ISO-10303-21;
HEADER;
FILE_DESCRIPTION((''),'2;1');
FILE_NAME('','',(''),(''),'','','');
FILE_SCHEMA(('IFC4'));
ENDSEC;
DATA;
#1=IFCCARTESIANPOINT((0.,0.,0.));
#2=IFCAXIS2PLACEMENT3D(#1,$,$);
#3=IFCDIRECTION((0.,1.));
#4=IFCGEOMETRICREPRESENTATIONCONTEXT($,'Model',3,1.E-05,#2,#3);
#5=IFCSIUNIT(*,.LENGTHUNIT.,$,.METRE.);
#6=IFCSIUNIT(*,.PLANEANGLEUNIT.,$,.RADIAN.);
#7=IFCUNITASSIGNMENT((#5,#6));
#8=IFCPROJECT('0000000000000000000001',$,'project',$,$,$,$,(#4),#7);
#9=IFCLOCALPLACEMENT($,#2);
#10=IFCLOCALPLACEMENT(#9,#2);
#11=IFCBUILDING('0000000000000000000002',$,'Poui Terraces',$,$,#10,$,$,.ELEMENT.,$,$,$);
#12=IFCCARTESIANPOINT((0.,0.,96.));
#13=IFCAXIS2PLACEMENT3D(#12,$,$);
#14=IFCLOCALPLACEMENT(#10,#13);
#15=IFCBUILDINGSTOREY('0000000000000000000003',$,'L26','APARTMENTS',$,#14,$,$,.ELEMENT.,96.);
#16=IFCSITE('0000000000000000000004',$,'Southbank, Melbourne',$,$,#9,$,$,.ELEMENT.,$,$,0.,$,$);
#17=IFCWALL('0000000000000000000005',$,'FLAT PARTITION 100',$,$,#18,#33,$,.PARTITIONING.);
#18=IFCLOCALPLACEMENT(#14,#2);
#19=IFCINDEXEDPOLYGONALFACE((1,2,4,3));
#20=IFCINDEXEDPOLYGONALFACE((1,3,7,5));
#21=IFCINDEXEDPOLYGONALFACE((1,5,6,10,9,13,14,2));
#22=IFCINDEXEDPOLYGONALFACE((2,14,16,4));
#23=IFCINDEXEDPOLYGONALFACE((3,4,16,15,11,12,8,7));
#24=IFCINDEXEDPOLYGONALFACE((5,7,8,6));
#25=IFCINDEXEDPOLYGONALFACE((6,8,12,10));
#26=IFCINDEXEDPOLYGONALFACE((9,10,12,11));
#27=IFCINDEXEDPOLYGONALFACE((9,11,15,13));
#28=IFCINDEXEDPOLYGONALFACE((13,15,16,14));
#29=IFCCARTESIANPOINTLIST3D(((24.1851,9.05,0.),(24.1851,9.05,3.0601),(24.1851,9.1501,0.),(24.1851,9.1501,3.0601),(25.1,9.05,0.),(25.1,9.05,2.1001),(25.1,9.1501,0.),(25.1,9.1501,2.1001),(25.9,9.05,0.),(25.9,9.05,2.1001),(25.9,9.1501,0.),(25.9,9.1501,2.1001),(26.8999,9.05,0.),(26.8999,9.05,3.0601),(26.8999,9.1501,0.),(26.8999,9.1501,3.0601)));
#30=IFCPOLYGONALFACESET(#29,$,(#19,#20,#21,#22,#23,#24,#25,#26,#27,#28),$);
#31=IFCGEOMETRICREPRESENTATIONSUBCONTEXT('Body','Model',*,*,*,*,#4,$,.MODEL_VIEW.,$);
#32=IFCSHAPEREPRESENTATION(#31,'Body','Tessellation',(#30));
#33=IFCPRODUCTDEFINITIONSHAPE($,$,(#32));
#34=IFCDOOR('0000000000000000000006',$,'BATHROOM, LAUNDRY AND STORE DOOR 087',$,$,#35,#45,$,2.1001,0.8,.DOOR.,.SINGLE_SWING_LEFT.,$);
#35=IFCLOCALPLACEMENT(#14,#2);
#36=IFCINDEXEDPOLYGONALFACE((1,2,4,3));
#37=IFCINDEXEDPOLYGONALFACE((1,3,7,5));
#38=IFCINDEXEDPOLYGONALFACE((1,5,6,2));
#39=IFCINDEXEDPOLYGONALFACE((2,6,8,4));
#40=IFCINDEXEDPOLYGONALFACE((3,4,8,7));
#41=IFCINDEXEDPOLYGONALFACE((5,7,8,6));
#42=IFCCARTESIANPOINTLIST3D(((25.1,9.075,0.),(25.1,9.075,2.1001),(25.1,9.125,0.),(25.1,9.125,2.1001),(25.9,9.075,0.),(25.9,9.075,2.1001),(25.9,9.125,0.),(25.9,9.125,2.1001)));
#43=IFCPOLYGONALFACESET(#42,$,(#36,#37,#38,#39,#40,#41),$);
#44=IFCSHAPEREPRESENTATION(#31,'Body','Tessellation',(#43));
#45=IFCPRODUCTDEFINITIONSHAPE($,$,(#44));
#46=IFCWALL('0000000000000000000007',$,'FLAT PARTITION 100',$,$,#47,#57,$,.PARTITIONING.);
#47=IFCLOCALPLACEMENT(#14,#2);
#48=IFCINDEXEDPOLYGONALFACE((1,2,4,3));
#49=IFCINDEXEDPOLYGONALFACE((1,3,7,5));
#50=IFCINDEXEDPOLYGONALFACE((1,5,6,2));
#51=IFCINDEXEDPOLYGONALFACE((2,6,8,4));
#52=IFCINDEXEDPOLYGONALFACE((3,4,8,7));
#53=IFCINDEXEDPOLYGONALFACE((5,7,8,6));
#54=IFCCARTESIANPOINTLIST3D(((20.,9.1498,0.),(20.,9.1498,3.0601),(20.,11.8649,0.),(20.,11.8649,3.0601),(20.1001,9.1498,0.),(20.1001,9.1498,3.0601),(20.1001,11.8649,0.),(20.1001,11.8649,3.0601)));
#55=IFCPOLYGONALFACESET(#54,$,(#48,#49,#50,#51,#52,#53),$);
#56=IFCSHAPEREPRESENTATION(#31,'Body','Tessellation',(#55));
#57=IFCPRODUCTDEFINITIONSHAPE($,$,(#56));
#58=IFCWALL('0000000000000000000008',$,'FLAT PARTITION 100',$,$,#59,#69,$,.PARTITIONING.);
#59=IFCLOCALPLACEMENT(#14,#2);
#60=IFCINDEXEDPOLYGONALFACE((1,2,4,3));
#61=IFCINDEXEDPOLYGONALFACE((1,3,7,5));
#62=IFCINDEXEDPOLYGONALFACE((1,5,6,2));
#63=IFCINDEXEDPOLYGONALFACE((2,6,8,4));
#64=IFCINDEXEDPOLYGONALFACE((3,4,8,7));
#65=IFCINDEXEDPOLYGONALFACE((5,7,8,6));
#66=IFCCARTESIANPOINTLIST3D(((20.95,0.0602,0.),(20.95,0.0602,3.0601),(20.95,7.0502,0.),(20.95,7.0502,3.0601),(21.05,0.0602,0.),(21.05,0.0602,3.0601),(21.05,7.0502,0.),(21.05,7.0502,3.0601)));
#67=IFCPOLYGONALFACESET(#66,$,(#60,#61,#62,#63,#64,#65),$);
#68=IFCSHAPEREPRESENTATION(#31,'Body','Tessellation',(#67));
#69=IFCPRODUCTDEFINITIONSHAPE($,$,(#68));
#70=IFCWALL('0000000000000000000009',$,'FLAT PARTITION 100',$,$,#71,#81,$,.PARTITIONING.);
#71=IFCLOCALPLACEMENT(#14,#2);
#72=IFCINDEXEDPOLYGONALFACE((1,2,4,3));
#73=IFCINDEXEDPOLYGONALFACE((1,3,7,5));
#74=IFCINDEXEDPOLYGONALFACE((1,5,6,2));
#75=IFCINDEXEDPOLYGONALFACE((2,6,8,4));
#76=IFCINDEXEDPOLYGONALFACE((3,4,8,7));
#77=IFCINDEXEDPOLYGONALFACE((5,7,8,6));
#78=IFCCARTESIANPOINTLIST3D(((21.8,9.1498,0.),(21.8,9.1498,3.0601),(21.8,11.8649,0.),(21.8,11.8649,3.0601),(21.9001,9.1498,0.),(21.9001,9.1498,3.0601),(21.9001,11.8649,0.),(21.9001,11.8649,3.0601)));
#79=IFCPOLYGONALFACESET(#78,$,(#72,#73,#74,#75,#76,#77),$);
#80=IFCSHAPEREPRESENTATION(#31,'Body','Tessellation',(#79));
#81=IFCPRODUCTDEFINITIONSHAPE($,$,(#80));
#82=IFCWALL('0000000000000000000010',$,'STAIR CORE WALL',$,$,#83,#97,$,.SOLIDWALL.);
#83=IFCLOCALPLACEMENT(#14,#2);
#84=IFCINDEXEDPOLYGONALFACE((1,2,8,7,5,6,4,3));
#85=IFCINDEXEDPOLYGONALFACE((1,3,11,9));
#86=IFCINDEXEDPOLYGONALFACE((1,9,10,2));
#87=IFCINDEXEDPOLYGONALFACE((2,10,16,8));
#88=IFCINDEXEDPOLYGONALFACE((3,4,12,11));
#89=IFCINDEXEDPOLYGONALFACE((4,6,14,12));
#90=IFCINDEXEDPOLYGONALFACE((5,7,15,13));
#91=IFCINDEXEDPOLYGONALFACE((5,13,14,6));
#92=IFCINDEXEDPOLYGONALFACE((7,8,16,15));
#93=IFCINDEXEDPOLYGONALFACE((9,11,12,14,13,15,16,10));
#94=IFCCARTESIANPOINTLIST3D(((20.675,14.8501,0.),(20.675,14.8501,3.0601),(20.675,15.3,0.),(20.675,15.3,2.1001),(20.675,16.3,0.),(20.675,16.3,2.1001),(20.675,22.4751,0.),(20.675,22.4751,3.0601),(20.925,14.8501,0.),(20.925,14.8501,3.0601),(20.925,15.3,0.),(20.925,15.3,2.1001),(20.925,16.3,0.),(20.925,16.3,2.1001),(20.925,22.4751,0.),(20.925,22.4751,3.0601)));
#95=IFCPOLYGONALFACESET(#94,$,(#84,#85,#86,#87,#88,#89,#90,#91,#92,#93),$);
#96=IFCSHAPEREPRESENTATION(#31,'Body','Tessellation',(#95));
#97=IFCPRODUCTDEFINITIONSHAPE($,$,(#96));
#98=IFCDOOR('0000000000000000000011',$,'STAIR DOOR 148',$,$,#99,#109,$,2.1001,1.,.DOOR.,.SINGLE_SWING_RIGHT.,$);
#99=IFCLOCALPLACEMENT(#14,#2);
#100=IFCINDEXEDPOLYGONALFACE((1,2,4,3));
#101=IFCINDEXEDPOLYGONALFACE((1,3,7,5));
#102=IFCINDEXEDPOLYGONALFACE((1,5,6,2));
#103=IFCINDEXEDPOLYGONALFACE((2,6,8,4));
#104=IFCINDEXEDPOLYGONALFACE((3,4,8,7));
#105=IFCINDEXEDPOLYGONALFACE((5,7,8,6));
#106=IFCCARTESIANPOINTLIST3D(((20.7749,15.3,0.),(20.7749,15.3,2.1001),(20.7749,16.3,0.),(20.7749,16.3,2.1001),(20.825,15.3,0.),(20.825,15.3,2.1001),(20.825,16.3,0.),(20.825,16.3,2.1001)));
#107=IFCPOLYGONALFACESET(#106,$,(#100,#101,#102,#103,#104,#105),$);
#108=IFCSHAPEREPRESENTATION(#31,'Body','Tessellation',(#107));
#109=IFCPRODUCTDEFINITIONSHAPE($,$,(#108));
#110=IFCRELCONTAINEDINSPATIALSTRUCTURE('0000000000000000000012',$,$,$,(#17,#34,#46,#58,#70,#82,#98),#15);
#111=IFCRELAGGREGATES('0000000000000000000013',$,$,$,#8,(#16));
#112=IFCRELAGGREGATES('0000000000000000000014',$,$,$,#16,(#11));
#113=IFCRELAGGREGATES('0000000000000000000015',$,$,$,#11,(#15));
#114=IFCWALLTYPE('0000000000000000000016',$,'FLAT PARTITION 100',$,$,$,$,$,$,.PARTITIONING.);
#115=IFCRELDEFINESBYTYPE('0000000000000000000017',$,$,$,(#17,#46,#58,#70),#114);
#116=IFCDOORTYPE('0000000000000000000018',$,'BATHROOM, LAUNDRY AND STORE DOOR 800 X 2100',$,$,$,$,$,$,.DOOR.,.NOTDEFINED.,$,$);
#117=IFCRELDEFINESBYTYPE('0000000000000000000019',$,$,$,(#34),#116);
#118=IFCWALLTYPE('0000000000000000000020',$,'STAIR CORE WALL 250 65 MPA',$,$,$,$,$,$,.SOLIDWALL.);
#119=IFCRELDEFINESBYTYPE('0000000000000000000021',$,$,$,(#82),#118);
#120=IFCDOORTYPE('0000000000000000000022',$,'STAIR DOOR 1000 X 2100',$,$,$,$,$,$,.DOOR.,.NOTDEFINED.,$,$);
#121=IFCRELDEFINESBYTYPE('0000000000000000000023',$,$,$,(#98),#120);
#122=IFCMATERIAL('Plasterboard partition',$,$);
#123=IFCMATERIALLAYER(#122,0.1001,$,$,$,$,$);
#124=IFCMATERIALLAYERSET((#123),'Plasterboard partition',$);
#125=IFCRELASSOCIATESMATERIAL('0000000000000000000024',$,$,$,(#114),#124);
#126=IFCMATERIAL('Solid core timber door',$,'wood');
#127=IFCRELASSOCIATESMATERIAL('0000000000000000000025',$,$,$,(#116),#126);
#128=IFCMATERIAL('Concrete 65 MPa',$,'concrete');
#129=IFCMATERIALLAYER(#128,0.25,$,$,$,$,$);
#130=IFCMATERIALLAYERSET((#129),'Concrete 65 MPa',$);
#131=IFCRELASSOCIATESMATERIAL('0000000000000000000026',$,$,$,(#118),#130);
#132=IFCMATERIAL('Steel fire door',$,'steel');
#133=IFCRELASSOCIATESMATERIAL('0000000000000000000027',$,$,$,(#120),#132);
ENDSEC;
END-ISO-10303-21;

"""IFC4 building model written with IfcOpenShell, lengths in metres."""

from ifc_helpers import new_model, si_unit, direction, frame, frame_2d, origin, place, context, subcontext, project, spatial, rectangle, extrude, material, layer, layer_set, type_object, element, fill, save


model = new_model("IFC4")

# Units and contexts
model_context = context("Model", 3, precision=1e-05, world=origin(), true_north=direction((0.0, 1.0)))
body_context = subcontext(model_context, "Body", "Model", "MODEL_VIEW")
ifc_project = project(units=[si_unit("LENGTHUNIT", "METRE"), si_unit("PLANEANGLEUNIT", "RADIAN")], contexts=[model_context])

# Site, building, storey
site_placement = place(None, origin())
site = spatial("IfcSite", under=ifc_project, at=site_placement, Name="Southbank, Melbourne", CompositionType="ELEMENT", RefElevation=0.0)
building_placement = place(site_placement, origin())
building = spatial("IfcBuilding", under=site, at=building_placement, Name="Poui Terraces", CompositionType="ELEMENT")
storey_placement = place(building_placement, frame((0.0, 0.0, 96.0)))
storey = spatial("IfcBuildingStorey", under=building, at=storey_placement, Name="L26", Description="APARTMENTS", CompositionType="ELEMENT", Elevation=96.0)

# Shared definitions
ifc_material_1 = material(Name="Concrete 65 MPa", Category="concrete")

# Wall, opening, door
ifc_material_2 = material(Name="Solid core timber door", Category="wood")
ifc_material_3 = material(Name="Plasterboard partition")
ifc_layer_1 = layer(ifc_material_3, 0.1001)
ifc_layer_set_1 = layer_set([ifc_layer_1], Name="Plasterboard partition")
wall_type_1 = type_object("IfcWallType", Name="FLAT PARTITION 100", PredefinedType="PARTITIONING", material=ifc_layer_set_1)
door_type_1 = type_object("IfcDoorType", Name="BATHROOM, LAUNDRY AND STORE DOOR 800 X 2100", OperationType="NOTDEFINED", PredefinedType="DOOR", material=ifc_material_2)
wall_1_placement = place(storey_placement, frame((24.1851, 9.1001, 0.0), z_axis=(0.0, 0.0, 1.0), x_axis=(1.0, 0.0, 0.0)))
wall_1 = element("IfcWall", 1, at=wall_1_placement, inside=storey, type_object=wall_type_1, Name="FLAT PARTITION 100", PredefinedType="PARTITIONING", context=body_context, shape_type="SweptSolid", body=[
    extrude(rectangle(XDim=2.7148, YDim=0.1001, at=frame_2d((1.3574, 0.0))), origin(), (0.0, 0.0, 1.0), 3.0601),
])
opening_1_placement = place(wall_1_placement, frame((0.915, 0.0, 0.0)))
opening_1 = element("IfcOpeningElement", 2, at=opening_1_placement, cuts=wall_1, PredefinedType="OPENING", context=body_context, shape_type="SweptSolid", body=[
    extrude(rectangle(XDim=0.8, YDim=2.1001, at=frame_2d((0.3999, 1.05))), frame((0.0, 0.0601, 0.0), z_axis=(0.0, -1.0, 0.0), x_axis=(1.0, 0.0, 0.0)), (0.0, 0.0, 1.0), 0.1201),
])
door_1_placement = place(opening_1_placement, origin())
door_1 = element("IfcDoor", 3, at=door_1_placement, inside=storey, type_object=door_type_1, Name="BATHROOM, LAUNDRY AND STORE DOOR 087", OperationType="SINGLE_SWING_LEFT", OverallHeight=2.1001, OverallWidth=0.8, PredefinedType="DOOR", context=body_context, shape_type="SweptSolid", body=[
    extrude(rectangle(XDim=0.8, YDim=2.1001, at=frame_2d((0.3999, 1.05))), frame((0.0, 0.0249, 0.0), z_axis=(0.0, -1.0, 0.0), x_axis=(1.0, 0.0, 0.0)), (0.0, 0.0, 1.0), 0.05),
])
fill(opening_1, door_1)

# Walls
wall_2_placement = place(storey_placement, frame((20.05, 9.1499, 0.0), z_axis=(0.0, 0.0, 1.0), x_axis=(0.0, 1.0, 0.0)))
element("IfcWall", 4, at=wall_2_placement, inside=storey, type_object=wall_type_1, Name="FLAT PARTITION 100", PredefinedType="PARTITIONING", context=body_context, shape_type="SweptSolid", body=[
    extrude(rectangle(XDim=2.7151, YDim=0.1001, at=frame_2d((1.3574, 0.0))), origin(), (0.0, 0.0, 1.0), 3.0601),
])
wall_3_placement = place(storey_placement, frame((21.0, 0.0601, 0.0), z_axis=(0.0, 0.0, 1.0), x_axis=(0.0, 1.0, 0.0)))
element("IfcWall", 5, at=wall_3_placement, inside=storey, type_object=wall_type_1, Name="FLAT PARTITION 100", PredefinedType="PARTITIONING", context=body_context, shape_type="SweptSolid", body=[
    extrude(rectangle(XDim=6.99, YDim=0.1001, at=frame_2d((3.4951, 0.0))), origin(), (0.0, 0.0, 1.0), 3.0601),
])
wall_4_placement = place(storey_placement, frame((21.8501, 9.1499, 0.0), z_axis=(0.0, 0.0, 1.0), x_axis=(0.0, 1.0, 0.0)))
element("IfcWall", 6, at=wall_4_placement, inside=storey, type_object=wall_type_1, Name="FLAT PARTITION 100", PredefinedType="PARTITIONING", context=body_context, shape_type="SweptSolid", body=[
    extrude(rectangle(XDim=2.7151, YDim=0.1001, at=frame_2d((1.3574, 0.0))), origin(), (0.0, 0.0, 1.0), 3.0601),
])

# Wall, opening, door
ifc_layer_2 = layer(ifc_material_1, 0.25)
ifc_layer_set_2 = layer_set([ifc_layer_2], Name="Concrete 65 MPa")
wall_type_2 = type_object("IfcWallType", Name="STAIR CORE WALL 250 65 MPA", PredefinedType="SOLIDWALL", material=ifc_layer_set_2)
wall_5_placement = place(storey_placement, frame((20.8, 14.8501, 0.0), z_axis=(0.0, 0.0, 1.0), x_axis=(0.0, 1.0, 0.0)))
wall_5 = element("IfcWall", 7, at=wall_5_placement, inside=storey, type_object=wall_type_2, Name="STAIR CORE WALL", PredefinedType="SOLIDWALL", context=body_context, shape_type="SweptSolid", body=[
    extrude(rectangle(XDim=7.625, YDim=0.25, at=frame_2d((3.8125, 0.0))), origin(), (0.0, 0.0, 1.0), 3.0601),
])
opening_2_placement = place(wall_5_placement, frame((0.45, 0.0, 0.0)))
opening_2 = element("IfcOpeningElement", 8, at=opening_2_placement, cuts=wall_5, PredefinedType="OPENING", context=body_context, shape_type="SweptSolid", body=[
    extrude(rectangle(XDim=1.0, YDim=2.1001, at=frame_2d((0.5, 1.05))), frame((0.0, 0.135, 0.0), z_axis=(0.0, -1.0, 0.0), x_axis=(1.0, 0.0, 0.0)), (0.0, 0.0, 1.0), 0.27),
])
ifc_material_4 = material(Name="Steel fire door", Category="steel")
door_type_2 = type_object("IfcDoorType", Name="STAIR DOOR 1000 X 2100", OperationType="NOTDEFINED", PredefinedType="DOOR", material=ifc_material_4)
door_2_placement = place(opening_2_placement, frame((1.0, 0.0, 0.0), z_axis=(0.0, 0.0, 1.0), x_axis=(-1.0, 0.0, 0.0)))
door_2 = element("IfcDoor", 9, at=door_2_placement, inside=storey, type_object=door_type_2, Name="STAIR DOOR 148", OperationType="SINGLE_SWING_RIGHT", OverallHeight=2.1001, OverallWidth=1.0, PredefinedType="DOOR", context=body_context, shape_type="SweptSolid", body=[
    extrude(rectangle(XDim=1.0, YDim=2.1001, at=frame_2d((0.5, 1.05))), frame((0.0, 0.0249, 0.0), z_axis=(0.0, -1.0, 0.0), x_axis=(1.0, 0.0, 0.0)), (0.0, 0.0, 1.0), 0.05),
])
fill(opening_2, door_2)

save(model, "model.ifc")
